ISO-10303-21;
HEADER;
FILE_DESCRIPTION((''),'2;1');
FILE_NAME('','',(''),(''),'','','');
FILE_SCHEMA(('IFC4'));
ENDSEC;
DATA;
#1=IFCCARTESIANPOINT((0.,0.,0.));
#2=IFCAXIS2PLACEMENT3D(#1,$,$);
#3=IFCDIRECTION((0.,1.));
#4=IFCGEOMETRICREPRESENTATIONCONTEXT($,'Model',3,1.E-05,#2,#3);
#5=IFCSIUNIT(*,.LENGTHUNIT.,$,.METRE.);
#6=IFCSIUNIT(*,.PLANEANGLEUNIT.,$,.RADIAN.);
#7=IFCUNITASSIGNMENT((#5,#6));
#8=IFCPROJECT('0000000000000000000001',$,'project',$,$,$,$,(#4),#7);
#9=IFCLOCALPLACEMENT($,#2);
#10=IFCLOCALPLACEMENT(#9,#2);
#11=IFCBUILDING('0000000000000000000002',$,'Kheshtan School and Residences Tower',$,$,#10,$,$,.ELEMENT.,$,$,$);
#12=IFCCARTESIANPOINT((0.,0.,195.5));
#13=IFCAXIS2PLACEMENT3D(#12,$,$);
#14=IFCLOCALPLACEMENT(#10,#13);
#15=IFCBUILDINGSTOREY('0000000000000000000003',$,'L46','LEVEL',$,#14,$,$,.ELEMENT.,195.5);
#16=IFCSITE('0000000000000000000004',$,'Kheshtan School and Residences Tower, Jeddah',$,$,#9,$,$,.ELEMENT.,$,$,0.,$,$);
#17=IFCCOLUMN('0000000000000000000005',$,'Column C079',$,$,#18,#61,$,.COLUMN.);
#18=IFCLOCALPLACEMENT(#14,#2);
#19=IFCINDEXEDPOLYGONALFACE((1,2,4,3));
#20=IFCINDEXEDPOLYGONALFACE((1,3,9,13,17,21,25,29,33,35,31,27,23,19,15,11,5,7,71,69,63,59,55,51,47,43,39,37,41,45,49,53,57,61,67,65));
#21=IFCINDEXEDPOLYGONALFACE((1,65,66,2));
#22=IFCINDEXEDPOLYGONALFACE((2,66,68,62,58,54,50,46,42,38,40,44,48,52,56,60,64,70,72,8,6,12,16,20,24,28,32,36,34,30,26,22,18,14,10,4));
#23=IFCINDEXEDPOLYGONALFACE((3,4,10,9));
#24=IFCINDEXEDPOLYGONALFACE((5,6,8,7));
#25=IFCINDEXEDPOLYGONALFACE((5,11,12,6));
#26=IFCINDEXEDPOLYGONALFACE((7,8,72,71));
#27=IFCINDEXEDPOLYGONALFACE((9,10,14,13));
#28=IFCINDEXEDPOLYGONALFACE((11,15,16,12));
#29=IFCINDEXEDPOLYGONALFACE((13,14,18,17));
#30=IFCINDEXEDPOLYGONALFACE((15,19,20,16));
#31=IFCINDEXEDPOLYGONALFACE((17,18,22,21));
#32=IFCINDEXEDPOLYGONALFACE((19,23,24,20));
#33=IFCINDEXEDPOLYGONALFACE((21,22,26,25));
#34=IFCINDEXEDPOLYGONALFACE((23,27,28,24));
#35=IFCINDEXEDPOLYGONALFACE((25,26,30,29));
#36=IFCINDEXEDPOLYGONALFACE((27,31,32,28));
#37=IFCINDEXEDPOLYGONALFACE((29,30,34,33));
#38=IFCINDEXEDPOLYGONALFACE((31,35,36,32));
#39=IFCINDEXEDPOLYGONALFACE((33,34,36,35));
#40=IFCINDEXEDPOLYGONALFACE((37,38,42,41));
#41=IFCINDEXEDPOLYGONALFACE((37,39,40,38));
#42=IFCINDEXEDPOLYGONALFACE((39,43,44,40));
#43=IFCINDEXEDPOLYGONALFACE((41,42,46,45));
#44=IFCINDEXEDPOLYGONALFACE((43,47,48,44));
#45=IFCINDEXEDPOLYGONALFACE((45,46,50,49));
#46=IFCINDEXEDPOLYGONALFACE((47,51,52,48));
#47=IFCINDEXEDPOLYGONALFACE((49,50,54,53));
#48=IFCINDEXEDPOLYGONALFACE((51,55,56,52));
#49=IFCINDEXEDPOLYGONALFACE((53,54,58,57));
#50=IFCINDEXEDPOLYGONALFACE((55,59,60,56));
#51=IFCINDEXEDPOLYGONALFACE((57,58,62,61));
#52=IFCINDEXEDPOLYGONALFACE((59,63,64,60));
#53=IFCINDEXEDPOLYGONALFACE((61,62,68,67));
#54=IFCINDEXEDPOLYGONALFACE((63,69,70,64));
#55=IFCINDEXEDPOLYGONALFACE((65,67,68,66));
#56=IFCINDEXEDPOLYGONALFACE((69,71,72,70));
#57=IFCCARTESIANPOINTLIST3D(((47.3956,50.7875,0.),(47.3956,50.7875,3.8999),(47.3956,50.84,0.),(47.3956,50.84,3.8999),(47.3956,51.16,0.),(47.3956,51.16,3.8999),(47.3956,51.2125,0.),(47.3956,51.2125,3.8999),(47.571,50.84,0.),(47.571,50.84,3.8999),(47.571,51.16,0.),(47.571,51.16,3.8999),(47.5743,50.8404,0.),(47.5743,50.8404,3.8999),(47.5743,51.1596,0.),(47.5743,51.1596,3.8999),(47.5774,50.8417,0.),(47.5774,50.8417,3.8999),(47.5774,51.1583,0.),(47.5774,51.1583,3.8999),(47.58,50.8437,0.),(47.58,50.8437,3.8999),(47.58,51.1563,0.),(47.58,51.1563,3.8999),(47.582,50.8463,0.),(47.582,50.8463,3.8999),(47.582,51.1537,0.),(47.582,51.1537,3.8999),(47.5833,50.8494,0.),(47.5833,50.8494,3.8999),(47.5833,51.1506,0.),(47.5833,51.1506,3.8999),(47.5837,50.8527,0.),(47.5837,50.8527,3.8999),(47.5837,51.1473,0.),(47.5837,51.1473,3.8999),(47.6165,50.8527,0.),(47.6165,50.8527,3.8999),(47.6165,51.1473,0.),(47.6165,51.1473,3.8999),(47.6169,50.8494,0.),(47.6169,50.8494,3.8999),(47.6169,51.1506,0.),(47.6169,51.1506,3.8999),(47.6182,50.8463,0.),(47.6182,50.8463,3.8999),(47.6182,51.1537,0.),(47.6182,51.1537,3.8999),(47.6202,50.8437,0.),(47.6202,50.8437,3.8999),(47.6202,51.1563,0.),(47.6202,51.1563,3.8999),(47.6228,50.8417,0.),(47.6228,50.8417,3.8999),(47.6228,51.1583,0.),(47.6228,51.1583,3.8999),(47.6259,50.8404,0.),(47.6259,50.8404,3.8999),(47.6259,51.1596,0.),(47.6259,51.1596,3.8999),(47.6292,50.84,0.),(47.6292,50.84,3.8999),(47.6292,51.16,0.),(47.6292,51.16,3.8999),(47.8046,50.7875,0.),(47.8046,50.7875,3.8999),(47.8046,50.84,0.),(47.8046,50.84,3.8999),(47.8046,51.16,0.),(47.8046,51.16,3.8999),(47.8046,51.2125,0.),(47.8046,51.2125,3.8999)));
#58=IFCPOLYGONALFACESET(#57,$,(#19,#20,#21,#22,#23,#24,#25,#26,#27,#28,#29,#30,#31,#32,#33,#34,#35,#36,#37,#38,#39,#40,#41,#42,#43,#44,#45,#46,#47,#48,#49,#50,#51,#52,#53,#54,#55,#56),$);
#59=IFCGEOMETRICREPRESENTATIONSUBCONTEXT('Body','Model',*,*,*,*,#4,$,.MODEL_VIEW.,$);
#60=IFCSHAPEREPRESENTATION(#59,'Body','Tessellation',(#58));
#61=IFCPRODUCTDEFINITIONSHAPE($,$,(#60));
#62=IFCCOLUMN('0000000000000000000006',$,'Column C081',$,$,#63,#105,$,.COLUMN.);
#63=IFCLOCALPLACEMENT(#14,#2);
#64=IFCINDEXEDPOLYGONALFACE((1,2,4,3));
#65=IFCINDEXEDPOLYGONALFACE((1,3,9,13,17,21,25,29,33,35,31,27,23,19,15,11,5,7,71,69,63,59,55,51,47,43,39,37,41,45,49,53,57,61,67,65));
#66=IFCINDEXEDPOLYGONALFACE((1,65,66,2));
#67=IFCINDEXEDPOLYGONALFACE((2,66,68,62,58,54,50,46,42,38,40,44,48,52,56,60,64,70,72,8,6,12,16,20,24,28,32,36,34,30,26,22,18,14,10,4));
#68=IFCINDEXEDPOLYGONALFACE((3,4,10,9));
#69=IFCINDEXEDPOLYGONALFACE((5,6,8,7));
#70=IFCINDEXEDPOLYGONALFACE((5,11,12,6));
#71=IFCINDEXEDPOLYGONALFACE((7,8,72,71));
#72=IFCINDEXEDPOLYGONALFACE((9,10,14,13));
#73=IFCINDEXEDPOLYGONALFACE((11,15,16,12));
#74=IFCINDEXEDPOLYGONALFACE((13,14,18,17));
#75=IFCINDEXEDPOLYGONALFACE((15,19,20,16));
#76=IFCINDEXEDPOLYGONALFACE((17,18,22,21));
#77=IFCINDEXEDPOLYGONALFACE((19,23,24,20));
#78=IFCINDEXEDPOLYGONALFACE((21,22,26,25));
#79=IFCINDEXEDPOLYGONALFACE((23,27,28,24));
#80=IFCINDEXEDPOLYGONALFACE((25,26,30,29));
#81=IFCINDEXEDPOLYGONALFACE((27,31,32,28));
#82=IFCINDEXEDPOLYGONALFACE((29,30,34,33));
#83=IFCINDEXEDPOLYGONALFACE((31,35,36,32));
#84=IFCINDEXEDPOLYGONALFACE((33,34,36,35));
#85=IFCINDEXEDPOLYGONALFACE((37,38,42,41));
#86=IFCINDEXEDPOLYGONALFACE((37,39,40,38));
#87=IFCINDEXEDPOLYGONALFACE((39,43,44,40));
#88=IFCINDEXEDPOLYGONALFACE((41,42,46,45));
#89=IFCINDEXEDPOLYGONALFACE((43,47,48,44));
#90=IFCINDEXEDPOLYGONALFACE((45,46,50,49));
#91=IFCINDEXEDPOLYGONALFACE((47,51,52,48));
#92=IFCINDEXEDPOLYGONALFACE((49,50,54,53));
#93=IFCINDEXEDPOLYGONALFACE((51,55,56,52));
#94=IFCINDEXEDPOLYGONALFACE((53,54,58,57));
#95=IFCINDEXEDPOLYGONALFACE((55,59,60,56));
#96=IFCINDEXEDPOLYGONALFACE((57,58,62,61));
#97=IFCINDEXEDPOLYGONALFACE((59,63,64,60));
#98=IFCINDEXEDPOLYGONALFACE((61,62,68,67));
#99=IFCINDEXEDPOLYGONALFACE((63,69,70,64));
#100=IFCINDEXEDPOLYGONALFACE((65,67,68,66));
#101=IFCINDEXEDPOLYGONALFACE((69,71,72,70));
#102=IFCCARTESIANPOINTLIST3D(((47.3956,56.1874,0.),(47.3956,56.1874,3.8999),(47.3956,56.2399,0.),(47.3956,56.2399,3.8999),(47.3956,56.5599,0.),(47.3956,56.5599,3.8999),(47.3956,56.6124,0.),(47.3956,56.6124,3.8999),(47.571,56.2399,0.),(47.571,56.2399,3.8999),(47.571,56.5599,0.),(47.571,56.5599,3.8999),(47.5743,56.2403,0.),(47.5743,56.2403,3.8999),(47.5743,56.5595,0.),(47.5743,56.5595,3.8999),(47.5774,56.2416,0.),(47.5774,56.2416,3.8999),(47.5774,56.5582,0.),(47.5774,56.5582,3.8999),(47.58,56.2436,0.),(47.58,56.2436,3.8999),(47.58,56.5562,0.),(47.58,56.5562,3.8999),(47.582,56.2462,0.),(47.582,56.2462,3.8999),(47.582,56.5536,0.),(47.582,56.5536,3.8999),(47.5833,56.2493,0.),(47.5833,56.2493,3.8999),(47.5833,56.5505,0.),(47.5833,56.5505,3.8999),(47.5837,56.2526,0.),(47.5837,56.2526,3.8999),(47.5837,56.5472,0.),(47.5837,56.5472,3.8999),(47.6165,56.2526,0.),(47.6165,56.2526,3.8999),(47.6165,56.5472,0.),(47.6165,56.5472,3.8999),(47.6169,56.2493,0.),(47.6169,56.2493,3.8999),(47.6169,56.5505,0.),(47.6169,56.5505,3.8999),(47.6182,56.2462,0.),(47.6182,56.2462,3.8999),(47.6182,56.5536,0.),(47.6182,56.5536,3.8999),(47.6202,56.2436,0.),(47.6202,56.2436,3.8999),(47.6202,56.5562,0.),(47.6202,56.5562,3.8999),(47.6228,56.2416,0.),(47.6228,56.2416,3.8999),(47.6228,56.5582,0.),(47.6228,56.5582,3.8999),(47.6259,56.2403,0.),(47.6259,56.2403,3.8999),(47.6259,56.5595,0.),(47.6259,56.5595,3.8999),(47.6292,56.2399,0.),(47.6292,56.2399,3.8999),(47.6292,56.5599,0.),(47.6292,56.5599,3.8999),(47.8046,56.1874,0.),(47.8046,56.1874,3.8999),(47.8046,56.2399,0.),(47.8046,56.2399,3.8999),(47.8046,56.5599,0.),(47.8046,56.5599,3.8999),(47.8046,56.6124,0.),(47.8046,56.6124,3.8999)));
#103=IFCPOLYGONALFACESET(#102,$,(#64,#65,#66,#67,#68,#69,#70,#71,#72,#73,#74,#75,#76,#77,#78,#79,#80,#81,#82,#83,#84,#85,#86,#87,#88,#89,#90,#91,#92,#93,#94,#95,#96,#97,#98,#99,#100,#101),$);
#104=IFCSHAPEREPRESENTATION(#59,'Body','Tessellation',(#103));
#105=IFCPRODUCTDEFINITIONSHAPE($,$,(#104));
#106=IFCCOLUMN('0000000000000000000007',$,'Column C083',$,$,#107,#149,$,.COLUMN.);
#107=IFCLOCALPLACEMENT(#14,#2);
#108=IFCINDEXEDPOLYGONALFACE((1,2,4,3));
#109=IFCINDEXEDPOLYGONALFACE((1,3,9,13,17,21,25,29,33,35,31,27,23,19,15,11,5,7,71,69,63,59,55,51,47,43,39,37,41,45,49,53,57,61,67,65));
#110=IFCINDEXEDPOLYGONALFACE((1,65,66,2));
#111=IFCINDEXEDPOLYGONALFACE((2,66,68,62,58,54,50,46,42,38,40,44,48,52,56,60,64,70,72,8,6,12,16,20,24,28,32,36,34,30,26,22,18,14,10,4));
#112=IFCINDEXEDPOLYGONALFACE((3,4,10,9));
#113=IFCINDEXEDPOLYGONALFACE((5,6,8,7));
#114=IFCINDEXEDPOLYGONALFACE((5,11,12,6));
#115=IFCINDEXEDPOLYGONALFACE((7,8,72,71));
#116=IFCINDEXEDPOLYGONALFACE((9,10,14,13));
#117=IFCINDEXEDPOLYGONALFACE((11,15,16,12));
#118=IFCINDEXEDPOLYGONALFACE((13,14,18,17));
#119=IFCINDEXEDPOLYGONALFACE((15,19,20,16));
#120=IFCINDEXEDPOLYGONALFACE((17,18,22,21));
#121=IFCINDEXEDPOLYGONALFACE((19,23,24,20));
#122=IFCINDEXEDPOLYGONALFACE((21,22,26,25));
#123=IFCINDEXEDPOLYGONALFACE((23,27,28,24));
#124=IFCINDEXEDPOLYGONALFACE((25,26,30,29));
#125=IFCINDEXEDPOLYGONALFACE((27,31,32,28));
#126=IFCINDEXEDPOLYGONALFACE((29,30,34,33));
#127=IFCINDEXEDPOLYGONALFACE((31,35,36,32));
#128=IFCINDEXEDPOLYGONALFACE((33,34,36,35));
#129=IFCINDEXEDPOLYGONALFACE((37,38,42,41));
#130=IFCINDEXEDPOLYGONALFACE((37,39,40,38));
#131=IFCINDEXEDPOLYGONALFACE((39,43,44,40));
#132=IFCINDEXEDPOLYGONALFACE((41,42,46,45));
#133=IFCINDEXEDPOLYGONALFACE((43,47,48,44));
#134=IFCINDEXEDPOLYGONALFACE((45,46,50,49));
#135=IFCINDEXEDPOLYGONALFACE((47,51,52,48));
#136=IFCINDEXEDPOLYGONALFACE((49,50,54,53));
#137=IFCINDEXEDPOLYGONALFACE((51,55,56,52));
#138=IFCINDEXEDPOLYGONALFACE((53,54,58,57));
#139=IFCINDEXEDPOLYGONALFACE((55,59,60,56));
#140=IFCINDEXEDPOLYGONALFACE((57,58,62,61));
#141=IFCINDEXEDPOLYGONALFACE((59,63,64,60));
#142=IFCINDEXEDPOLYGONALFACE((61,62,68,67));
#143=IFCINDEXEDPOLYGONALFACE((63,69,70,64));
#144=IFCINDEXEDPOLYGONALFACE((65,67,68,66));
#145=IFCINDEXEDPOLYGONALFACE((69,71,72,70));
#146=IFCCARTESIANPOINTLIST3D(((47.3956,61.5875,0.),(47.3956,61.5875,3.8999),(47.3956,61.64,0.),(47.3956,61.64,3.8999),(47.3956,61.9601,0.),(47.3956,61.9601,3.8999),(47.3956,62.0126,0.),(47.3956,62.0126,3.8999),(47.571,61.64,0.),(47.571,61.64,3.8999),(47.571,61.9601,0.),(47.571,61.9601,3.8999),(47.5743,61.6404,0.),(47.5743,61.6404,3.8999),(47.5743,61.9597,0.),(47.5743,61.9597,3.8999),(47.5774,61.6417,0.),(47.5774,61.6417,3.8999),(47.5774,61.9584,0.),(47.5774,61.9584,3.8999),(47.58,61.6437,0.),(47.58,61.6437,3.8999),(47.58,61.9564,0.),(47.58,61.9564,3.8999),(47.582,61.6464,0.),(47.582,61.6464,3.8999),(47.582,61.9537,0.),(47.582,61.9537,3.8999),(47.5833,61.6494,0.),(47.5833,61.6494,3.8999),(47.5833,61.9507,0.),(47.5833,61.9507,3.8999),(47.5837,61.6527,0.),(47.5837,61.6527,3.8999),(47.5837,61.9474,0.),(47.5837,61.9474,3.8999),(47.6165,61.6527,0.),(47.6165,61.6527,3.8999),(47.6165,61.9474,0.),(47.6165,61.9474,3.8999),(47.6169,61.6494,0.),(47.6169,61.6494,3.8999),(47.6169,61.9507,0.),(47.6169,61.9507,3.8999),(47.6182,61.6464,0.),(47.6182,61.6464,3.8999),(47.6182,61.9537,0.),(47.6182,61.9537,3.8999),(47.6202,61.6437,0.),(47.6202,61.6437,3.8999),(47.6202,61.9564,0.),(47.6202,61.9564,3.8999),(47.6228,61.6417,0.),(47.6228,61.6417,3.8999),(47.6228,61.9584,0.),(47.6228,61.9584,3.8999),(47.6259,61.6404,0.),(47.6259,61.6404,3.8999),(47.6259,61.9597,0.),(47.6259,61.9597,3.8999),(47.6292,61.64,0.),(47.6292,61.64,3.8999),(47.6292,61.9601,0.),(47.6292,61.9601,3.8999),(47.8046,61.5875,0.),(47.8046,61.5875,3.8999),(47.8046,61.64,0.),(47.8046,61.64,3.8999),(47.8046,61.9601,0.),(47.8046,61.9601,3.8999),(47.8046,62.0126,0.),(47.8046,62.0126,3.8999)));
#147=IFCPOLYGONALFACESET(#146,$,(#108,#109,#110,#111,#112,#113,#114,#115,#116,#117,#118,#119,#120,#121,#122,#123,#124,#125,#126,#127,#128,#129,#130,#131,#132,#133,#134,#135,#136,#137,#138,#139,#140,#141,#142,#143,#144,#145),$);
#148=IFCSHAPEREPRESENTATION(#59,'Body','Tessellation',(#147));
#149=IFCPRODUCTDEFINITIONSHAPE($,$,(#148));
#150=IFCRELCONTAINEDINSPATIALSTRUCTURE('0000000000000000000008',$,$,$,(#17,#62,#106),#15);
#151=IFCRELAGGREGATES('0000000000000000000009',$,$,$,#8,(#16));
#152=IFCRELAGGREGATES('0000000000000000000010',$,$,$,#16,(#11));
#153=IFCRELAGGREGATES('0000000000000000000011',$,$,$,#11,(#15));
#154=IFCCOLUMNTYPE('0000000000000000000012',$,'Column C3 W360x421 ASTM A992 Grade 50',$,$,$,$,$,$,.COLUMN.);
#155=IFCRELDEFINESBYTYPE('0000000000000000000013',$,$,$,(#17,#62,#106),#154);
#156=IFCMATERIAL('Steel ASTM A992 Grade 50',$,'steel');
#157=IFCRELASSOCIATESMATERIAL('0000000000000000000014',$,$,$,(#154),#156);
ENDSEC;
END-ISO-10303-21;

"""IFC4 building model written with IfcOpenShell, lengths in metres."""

from ifc_helpers import new_model, si_unit, direction, frame, origin, origin_2d, place, context, subcontext, project, spatial, i_section, extrude, material, material_profile, profile_set, type_object, element, save


model = new_model("IFC4")

# Units and contexts
model_context = context("Model", 3, precision=1e-05, world=origin(), true_north=direction((0.0, 1.0)))
body_context = subcontext(model_context, "Body", "Model", "MODEL_VIEW")
ifc_project = project(units=[si_unit("LENGTHUNIT", "METRE"), si_unit("PLANEANGLEUNIT", "RADIAN")], contexts=[model_context])

# Site, building, storey
site_placement = place(None, origin())
site = spatial("IfcSite", under=ifc_project, at=site_placement, Name="Kheshtan School and Residences Tower, Jeddah", CompositionType="ELEMENT", RefElevation=0.0)
building_placement = place(site_placement, origin())
building = spatial("IfcBuilding", under=site, at=building_placement, Name="Kheshtan School and Residences Tower", CompositionType="ELEMENT")
storey_placement = place(building_placement, frame((0.0, 0.0, 195.5)))
storey = spatial("IfcBuildingStorey", under=building, at=storey_placement, Name="L46", Description="LEVEL", CompositionType="ELEMENT", Elevation=195.5)

# Columns
ifc_material_1 = material(Name="Steel ASTM A992 Grade 50", Category="steel")
ifc_material_profile_1 = material_profile(ifc_material_1, i_section(OverallWidth=0.4089, OverallDepth=0.425, WebThickness=0.0327, FlangeThickness=0.0525, FilletRadius=0.0127, at=origin_2d()), Name="W360x421")
ifc_profile_set_1 = profile_set([ifc_material_profile_1], Name="Steel ASTM A992 Grade 50")
column_type_1 = type_object("IfcColumnType", Name="Column C3 W360x421 ASTM A992 Grade 50", PredefinedType="COLUMN", material=ifc_profile_set_1)
for number, where, z_axis, x_axis, name in (
    (1, (47.6001, 51.0, 0.0), (0.0, 0.0, 1.0), (1.0, 0.0, 0.0), "Column C079"),
    (2, (47.6001, 56.3999, 0.0), (0.0, 0.0, 1.0), (1.0, 0.0, 0.0), "Column C081"),
    (3, (47.6001, 61.8, 0.0), (0.0, 0.0, 1.0), (1.0, 0.0, 0.0), "Column C083"),
):
    element("IfcColumn", number, at=place(storey_placement, frame(where, z_axis=z_axis, x_axis=x_axis)), inside=storey, type_object=column_type_1, Name=name, PredefinedType="COLUMN", context=body_context, shape_type="SweptSolid", body=[
        extrude(i_section(OverallWidth=0.4089, OverallDepth=0.425, WebThickness=0.0327, FlangeThickness=0.0525, FilletRadius=0.0127, at=origin_2d()), origin(), (0.0, 0.0, 1.0), 3.8999),
    ])

save(model, "model.ifc")
